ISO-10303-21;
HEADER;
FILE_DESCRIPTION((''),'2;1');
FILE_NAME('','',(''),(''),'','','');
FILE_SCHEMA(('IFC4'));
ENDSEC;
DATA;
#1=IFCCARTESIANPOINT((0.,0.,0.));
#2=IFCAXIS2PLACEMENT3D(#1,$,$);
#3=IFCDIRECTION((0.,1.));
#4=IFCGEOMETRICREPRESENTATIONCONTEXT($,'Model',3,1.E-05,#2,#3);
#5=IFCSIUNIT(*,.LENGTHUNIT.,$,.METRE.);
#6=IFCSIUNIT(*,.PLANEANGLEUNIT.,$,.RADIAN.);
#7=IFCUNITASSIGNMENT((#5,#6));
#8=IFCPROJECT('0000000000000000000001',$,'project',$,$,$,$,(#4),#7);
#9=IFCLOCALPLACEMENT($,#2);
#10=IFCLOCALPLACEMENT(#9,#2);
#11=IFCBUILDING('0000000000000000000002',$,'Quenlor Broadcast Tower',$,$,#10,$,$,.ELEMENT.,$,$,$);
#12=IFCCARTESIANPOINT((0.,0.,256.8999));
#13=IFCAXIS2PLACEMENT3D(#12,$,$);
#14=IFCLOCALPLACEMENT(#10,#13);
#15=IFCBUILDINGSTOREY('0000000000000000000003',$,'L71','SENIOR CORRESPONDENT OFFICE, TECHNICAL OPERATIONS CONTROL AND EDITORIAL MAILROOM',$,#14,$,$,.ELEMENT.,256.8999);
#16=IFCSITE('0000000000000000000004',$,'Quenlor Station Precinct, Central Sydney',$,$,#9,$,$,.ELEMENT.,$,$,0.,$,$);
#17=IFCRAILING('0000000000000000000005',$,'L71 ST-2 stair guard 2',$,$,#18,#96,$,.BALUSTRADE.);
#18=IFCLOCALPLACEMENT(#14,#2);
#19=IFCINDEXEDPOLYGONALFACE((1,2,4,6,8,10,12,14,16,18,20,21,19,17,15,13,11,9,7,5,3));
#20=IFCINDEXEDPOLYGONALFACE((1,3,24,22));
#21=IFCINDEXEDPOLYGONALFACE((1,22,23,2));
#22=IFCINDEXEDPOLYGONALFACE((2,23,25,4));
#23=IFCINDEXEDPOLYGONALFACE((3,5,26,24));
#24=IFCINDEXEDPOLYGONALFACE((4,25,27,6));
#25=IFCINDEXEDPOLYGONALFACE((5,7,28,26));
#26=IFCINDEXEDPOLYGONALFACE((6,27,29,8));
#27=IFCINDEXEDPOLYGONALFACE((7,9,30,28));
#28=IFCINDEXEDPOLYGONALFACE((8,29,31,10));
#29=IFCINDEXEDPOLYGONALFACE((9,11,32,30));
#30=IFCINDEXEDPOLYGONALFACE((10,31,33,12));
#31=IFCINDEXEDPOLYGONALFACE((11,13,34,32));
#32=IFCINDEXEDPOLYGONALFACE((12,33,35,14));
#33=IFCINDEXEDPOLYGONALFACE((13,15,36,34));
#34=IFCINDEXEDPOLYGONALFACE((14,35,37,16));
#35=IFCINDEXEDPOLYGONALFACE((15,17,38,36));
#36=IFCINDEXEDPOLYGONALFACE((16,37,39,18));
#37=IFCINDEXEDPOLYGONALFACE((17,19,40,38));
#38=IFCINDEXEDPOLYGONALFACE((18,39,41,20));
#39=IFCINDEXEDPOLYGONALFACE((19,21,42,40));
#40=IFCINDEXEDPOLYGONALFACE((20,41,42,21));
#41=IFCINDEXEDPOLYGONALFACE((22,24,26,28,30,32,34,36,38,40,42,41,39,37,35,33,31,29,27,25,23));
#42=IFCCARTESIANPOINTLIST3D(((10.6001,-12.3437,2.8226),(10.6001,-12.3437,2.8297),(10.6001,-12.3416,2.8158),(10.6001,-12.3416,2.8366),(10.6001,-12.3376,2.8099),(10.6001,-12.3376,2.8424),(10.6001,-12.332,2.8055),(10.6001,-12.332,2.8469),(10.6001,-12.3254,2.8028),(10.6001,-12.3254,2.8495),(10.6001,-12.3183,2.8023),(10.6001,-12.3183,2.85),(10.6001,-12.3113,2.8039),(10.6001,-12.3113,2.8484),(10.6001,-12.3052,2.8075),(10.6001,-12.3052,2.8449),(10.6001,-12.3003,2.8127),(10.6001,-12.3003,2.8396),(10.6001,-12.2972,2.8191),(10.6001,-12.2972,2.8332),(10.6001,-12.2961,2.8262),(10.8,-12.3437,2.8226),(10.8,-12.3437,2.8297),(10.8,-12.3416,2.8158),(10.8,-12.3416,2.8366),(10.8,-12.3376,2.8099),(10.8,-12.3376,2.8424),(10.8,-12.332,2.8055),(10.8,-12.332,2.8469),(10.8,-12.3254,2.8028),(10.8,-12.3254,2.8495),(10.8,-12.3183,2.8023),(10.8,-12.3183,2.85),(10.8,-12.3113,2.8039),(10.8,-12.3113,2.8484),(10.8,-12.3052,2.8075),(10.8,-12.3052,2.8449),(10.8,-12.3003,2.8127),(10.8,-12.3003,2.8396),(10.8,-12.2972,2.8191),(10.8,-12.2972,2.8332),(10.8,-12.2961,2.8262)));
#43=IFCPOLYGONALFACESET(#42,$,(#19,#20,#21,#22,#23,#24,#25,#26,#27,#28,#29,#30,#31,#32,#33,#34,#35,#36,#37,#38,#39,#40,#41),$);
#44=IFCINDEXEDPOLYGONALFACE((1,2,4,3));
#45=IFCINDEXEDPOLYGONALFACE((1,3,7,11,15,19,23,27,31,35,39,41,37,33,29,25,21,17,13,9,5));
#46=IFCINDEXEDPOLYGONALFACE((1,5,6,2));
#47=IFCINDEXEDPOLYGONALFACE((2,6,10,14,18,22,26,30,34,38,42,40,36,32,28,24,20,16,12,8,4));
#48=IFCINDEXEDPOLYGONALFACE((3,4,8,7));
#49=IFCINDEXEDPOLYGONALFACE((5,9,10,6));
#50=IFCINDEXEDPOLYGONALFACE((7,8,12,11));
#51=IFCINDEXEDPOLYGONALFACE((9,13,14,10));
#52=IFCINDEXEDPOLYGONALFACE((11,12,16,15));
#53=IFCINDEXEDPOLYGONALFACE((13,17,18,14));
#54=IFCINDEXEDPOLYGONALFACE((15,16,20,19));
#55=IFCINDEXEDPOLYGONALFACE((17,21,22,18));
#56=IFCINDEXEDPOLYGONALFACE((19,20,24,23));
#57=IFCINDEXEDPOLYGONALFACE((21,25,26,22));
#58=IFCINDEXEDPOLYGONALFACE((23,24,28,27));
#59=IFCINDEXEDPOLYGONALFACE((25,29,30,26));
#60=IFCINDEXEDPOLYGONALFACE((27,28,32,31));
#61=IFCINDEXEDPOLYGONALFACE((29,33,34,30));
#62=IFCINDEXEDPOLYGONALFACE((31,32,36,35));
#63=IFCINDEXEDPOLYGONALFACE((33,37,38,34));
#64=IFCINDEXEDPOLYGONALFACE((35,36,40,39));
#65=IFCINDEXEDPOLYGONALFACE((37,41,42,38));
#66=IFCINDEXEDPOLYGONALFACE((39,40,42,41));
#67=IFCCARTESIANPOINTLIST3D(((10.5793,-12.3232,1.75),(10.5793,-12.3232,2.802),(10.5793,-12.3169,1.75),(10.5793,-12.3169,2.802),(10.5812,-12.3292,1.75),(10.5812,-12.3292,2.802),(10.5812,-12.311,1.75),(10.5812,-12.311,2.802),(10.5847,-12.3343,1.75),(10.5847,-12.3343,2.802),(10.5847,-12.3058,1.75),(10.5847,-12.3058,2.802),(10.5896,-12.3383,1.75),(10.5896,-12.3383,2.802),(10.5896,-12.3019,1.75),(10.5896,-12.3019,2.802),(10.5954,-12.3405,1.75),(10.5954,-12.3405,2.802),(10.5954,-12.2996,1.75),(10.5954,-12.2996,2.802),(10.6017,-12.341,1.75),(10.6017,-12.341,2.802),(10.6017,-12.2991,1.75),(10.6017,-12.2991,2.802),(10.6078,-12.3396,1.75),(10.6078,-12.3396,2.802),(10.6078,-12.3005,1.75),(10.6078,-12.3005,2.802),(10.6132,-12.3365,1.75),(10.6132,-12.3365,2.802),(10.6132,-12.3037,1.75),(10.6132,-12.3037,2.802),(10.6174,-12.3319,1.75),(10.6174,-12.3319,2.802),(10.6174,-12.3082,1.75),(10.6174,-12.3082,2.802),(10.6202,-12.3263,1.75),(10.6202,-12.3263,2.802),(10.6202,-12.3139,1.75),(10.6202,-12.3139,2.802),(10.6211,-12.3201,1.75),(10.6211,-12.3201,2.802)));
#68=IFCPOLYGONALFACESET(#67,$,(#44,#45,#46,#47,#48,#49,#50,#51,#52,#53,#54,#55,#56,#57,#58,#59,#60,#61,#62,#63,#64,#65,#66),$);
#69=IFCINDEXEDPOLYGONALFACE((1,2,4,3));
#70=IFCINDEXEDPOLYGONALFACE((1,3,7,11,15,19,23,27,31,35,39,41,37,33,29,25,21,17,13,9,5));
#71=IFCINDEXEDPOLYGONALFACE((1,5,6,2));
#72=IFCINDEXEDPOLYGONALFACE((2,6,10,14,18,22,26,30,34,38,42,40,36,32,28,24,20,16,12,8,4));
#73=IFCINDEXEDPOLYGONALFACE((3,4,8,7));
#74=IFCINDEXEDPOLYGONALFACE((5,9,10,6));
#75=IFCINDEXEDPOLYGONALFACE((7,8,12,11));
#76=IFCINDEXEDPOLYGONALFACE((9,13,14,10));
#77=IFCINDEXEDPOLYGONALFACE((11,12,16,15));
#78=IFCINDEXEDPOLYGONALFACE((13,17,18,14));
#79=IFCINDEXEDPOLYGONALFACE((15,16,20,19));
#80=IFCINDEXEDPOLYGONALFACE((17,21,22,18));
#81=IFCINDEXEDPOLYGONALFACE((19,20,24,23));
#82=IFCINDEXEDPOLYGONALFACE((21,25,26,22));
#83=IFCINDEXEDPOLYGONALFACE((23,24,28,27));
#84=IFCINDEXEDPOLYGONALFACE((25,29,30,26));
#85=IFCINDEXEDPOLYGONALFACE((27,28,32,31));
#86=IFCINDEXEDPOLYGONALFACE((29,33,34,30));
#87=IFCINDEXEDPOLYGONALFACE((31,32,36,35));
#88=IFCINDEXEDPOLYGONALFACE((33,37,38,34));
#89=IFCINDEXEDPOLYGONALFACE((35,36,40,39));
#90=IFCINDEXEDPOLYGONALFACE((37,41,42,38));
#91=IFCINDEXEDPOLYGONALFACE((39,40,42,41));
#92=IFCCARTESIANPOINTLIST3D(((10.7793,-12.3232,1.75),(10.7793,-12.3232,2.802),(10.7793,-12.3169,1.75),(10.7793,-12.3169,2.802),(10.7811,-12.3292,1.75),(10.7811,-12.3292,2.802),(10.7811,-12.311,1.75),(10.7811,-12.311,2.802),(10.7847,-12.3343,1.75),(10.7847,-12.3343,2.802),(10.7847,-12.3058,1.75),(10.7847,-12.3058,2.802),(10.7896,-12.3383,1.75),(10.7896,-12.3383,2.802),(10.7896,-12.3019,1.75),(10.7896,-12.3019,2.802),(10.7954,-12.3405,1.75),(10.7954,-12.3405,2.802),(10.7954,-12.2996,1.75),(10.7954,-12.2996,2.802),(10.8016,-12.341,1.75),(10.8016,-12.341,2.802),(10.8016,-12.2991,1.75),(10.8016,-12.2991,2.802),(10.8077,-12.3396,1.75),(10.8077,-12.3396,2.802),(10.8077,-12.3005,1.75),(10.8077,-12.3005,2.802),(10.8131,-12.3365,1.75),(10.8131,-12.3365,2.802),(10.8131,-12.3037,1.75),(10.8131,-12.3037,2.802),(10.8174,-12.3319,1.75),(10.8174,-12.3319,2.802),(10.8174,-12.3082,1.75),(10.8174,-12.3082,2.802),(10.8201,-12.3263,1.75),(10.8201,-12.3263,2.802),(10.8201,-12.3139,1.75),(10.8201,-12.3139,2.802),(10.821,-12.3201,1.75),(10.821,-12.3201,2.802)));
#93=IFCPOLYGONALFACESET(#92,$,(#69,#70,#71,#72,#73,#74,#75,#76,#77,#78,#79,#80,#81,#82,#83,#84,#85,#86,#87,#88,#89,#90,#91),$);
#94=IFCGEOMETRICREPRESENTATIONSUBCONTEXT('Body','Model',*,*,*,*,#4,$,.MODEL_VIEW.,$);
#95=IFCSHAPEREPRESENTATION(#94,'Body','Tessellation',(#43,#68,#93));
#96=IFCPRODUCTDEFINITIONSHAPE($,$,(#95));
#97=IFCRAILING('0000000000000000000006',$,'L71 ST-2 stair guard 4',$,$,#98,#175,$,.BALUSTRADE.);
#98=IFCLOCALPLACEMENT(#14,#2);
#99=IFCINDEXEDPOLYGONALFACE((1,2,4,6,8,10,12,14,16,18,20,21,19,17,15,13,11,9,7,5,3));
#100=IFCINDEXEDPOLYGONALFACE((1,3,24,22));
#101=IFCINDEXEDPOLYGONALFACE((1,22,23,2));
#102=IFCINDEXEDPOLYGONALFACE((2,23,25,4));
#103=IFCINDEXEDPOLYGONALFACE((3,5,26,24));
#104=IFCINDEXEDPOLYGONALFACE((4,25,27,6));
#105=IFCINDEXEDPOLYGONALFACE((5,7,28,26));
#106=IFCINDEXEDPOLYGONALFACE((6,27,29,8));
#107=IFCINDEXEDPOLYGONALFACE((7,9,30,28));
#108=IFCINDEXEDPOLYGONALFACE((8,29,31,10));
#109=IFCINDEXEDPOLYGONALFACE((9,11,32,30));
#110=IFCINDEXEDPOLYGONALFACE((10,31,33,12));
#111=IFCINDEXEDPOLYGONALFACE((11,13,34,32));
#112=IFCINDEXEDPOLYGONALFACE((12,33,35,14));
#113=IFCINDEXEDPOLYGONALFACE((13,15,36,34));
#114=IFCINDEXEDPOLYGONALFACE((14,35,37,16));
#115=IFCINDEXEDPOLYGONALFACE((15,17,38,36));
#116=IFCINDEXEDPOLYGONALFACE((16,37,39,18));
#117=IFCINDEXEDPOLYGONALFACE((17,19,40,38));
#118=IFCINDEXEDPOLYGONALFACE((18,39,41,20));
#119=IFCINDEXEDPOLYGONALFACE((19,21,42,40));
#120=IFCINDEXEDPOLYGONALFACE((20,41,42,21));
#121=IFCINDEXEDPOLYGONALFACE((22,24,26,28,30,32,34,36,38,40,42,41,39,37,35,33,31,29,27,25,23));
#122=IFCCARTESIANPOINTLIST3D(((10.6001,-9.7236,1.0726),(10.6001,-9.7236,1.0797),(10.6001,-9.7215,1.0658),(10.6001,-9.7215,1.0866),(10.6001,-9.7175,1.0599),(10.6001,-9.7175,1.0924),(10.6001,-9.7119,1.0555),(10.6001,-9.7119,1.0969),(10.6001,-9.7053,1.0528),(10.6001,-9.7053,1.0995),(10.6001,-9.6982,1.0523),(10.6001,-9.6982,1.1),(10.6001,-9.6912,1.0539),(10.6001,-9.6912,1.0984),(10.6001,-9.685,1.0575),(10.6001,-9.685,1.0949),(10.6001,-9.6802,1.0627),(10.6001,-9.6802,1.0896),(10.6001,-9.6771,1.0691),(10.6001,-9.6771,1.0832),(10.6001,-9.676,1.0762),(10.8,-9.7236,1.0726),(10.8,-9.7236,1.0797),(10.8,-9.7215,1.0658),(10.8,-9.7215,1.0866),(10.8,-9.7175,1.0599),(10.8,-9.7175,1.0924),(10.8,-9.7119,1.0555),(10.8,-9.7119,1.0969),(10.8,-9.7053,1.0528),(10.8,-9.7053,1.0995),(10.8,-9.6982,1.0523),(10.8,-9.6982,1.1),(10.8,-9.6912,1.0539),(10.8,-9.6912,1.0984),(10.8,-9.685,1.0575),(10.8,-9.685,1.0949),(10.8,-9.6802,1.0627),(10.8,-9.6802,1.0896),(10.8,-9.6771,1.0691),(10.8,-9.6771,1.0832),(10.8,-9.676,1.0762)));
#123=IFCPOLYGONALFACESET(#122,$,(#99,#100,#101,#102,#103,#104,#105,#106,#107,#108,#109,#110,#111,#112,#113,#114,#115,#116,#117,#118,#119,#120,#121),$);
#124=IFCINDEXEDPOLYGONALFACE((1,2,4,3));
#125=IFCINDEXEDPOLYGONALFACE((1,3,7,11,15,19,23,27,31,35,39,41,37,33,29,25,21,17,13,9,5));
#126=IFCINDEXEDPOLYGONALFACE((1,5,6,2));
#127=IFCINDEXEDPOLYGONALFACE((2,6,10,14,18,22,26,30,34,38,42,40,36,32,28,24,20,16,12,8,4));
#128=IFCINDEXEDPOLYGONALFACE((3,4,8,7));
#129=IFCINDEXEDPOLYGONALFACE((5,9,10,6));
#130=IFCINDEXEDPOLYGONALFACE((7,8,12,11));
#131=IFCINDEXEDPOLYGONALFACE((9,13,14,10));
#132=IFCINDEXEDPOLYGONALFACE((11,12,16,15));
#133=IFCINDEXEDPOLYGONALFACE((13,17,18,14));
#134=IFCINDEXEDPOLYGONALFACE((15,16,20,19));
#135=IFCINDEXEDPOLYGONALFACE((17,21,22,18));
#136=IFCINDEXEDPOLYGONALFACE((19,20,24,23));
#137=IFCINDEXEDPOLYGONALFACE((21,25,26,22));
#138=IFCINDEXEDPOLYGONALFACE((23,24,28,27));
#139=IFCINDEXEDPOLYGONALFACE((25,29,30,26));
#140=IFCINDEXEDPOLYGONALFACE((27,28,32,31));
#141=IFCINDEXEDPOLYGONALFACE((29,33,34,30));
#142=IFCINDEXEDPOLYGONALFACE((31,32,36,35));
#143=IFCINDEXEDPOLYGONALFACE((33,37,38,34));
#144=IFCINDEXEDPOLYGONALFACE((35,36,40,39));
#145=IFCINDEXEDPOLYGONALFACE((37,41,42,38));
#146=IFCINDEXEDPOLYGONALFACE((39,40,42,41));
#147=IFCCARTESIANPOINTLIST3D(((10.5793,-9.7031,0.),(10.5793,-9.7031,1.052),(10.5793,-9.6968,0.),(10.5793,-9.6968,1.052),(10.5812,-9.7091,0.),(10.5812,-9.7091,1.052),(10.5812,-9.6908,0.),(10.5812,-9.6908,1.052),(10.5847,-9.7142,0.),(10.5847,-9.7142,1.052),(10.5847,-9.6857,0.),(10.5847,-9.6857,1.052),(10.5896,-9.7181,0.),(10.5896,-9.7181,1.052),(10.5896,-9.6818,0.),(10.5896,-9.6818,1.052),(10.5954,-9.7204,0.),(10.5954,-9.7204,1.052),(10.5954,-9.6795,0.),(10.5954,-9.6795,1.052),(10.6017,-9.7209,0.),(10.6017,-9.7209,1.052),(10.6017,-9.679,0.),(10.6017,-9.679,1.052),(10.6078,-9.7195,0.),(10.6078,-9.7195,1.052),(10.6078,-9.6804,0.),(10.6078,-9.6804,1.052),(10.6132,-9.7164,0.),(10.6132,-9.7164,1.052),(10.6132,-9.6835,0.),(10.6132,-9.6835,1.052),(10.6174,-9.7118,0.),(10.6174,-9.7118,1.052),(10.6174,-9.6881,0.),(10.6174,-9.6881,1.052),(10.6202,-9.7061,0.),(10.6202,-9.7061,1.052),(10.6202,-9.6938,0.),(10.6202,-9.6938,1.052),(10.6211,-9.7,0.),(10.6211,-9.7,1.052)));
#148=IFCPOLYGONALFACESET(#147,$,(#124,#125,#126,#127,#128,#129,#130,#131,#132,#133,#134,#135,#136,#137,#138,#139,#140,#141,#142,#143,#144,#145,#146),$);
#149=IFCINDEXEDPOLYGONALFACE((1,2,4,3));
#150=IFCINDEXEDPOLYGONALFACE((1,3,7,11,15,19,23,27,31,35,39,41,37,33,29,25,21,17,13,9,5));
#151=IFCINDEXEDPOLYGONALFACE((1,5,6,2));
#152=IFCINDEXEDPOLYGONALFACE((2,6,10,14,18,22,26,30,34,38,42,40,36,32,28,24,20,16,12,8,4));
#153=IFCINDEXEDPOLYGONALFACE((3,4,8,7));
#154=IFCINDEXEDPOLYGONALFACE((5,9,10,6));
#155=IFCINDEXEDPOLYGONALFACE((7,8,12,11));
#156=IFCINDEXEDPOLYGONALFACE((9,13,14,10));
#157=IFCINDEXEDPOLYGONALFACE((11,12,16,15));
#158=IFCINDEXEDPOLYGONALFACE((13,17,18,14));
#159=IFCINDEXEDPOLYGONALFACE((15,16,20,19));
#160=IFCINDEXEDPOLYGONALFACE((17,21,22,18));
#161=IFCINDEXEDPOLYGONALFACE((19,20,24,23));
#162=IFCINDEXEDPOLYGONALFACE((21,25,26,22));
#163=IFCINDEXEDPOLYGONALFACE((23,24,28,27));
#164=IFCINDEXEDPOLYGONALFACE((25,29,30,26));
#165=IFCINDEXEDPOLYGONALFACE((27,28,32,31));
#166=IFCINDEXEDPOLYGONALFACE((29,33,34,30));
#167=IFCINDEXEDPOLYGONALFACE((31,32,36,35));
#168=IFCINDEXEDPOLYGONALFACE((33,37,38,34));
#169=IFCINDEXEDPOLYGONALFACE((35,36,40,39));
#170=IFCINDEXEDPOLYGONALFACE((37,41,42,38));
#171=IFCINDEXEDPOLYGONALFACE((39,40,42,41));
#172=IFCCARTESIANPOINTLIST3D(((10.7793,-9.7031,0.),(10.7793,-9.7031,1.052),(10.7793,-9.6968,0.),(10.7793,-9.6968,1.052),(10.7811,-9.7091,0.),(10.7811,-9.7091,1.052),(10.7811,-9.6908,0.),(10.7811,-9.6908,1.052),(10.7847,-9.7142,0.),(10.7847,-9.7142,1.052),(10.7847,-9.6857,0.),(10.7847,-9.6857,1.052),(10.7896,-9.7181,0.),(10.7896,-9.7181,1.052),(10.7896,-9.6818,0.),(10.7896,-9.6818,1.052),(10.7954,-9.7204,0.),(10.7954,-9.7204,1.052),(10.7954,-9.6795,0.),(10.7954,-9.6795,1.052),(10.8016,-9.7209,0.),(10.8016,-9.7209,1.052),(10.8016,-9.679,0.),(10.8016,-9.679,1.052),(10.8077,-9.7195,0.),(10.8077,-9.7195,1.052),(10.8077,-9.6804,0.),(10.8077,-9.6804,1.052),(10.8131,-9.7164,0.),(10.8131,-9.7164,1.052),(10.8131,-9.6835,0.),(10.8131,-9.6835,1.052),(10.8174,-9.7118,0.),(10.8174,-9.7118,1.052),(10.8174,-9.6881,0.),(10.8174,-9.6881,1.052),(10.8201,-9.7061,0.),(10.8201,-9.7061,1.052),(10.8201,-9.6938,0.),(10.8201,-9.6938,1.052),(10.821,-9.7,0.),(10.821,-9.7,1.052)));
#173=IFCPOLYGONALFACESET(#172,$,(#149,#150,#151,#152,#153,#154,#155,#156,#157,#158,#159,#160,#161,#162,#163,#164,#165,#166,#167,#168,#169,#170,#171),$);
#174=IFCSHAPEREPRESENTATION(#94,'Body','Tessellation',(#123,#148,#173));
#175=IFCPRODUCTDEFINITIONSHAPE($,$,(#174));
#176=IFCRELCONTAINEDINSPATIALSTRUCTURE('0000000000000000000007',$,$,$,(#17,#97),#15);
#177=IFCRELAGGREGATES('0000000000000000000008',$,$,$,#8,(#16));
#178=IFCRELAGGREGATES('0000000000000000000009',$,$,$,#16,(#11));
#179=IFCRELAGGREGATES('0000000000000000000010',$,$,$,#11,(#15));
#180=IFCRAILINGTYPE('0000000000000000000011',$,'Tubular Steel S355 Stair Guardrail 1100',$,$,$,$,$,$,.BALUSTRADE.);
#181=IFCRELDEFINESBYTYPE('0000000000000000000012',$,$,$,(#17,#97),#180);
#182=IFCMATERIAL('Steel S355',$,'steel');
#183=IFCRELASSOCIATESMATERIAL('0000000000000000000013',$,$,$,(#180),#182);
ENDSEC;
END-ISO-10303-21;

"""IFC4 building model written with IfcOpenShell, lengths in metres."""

from ifc_helpers import new_model, si_unit, direction, frame, origin, origin_2d, place, context, subcontext, project, spatial, circle, extrude, material, type_object, element, save


model = new_model("IFC4")

# Units and contexts
model_context = context("Model", 3, precision=1e-05, world=origin(), true_north=direction((0.0, 1.0)))
body_context = subcontext(model_context, "Body", "Model", "MODEL_VIEW")
ifc_project = project(units=[si_unit("LENGTHUNIT", "METRE"), si_unit("PLANEANGLEUNIT", "RADIAN")], contexts=[model_context])

# Site, building, storey
site_placement = place(None, origin())
site = spatial("IfcSite", under=ifc_project, at=site_placement, Name="Quenlor Station Precinct, Central Sydney", CompositionType="ELEMENT", RefElevation=0.0)
building_placement = place(site_placement, origin())
building = spatial("IfcBuilding", under=site, at=building_placement, Name="Quenlor Broadcast Tower", CompositionType="ELEMENT")
storey_placement = place(building_placement, frame((0.0, 0.0, 256.8999)))
storey = spatial("IfcBuildingStorey", under=building, at=storey_placement, Name="L71", Description="SENIOR CORRESPONDENT OFFICE, TECHNICAL OPERATIONS CONTROL AND EDITORIAL MAILROOM", CompositionType="ELEMENT", Elevation=256.8999)

# Railings
ifc_material_1 = material(Name="Steel S355", Category="steel")
railing_type_1 = type_object("IfcRailingType", Name="Tubular Steel S355 Stair Guardrail 1100", PredefinedType="BALUSTRADE", material=ifc_material_1)
for number, where, name in (
    (1, (10.6001, -12.3201, 1.75), "L71 ST-2 stair guard 2"),
    (2, (10.6001, -9.7, 0.0), "L71 ST-2 stair guard 4"),
):
    element("IfcRailing", number, at=place(storey_placement, frame(where)), inside=storey, type_object=railing_type_1, Name=name, PredefinedType="BALUSTRADE", context=body_context, shape_type="SweptSolid", body=[
        extrude(circle(Radius=0.0239, at=origin_2d()), frame((0.0, 0.0, 1.0762), z_axis=(1.0, 0.0, 0.0), x_axis=(0.0, 1.0, 0.0)), (0.0, 0.0, 1.0), 0.2),
        extrude(circle(Radius=0.021, at=origin_2d()), origin(), (0.0, 0.0, 1.0), 1.052),
        extrude(circle(Radius=0.021, at=origin_2d()), frame((0.2, 0.0, 0.0)), (0.0, 0.0, 1.0), 1.052),
    ])

save(model, "model.ifc")
